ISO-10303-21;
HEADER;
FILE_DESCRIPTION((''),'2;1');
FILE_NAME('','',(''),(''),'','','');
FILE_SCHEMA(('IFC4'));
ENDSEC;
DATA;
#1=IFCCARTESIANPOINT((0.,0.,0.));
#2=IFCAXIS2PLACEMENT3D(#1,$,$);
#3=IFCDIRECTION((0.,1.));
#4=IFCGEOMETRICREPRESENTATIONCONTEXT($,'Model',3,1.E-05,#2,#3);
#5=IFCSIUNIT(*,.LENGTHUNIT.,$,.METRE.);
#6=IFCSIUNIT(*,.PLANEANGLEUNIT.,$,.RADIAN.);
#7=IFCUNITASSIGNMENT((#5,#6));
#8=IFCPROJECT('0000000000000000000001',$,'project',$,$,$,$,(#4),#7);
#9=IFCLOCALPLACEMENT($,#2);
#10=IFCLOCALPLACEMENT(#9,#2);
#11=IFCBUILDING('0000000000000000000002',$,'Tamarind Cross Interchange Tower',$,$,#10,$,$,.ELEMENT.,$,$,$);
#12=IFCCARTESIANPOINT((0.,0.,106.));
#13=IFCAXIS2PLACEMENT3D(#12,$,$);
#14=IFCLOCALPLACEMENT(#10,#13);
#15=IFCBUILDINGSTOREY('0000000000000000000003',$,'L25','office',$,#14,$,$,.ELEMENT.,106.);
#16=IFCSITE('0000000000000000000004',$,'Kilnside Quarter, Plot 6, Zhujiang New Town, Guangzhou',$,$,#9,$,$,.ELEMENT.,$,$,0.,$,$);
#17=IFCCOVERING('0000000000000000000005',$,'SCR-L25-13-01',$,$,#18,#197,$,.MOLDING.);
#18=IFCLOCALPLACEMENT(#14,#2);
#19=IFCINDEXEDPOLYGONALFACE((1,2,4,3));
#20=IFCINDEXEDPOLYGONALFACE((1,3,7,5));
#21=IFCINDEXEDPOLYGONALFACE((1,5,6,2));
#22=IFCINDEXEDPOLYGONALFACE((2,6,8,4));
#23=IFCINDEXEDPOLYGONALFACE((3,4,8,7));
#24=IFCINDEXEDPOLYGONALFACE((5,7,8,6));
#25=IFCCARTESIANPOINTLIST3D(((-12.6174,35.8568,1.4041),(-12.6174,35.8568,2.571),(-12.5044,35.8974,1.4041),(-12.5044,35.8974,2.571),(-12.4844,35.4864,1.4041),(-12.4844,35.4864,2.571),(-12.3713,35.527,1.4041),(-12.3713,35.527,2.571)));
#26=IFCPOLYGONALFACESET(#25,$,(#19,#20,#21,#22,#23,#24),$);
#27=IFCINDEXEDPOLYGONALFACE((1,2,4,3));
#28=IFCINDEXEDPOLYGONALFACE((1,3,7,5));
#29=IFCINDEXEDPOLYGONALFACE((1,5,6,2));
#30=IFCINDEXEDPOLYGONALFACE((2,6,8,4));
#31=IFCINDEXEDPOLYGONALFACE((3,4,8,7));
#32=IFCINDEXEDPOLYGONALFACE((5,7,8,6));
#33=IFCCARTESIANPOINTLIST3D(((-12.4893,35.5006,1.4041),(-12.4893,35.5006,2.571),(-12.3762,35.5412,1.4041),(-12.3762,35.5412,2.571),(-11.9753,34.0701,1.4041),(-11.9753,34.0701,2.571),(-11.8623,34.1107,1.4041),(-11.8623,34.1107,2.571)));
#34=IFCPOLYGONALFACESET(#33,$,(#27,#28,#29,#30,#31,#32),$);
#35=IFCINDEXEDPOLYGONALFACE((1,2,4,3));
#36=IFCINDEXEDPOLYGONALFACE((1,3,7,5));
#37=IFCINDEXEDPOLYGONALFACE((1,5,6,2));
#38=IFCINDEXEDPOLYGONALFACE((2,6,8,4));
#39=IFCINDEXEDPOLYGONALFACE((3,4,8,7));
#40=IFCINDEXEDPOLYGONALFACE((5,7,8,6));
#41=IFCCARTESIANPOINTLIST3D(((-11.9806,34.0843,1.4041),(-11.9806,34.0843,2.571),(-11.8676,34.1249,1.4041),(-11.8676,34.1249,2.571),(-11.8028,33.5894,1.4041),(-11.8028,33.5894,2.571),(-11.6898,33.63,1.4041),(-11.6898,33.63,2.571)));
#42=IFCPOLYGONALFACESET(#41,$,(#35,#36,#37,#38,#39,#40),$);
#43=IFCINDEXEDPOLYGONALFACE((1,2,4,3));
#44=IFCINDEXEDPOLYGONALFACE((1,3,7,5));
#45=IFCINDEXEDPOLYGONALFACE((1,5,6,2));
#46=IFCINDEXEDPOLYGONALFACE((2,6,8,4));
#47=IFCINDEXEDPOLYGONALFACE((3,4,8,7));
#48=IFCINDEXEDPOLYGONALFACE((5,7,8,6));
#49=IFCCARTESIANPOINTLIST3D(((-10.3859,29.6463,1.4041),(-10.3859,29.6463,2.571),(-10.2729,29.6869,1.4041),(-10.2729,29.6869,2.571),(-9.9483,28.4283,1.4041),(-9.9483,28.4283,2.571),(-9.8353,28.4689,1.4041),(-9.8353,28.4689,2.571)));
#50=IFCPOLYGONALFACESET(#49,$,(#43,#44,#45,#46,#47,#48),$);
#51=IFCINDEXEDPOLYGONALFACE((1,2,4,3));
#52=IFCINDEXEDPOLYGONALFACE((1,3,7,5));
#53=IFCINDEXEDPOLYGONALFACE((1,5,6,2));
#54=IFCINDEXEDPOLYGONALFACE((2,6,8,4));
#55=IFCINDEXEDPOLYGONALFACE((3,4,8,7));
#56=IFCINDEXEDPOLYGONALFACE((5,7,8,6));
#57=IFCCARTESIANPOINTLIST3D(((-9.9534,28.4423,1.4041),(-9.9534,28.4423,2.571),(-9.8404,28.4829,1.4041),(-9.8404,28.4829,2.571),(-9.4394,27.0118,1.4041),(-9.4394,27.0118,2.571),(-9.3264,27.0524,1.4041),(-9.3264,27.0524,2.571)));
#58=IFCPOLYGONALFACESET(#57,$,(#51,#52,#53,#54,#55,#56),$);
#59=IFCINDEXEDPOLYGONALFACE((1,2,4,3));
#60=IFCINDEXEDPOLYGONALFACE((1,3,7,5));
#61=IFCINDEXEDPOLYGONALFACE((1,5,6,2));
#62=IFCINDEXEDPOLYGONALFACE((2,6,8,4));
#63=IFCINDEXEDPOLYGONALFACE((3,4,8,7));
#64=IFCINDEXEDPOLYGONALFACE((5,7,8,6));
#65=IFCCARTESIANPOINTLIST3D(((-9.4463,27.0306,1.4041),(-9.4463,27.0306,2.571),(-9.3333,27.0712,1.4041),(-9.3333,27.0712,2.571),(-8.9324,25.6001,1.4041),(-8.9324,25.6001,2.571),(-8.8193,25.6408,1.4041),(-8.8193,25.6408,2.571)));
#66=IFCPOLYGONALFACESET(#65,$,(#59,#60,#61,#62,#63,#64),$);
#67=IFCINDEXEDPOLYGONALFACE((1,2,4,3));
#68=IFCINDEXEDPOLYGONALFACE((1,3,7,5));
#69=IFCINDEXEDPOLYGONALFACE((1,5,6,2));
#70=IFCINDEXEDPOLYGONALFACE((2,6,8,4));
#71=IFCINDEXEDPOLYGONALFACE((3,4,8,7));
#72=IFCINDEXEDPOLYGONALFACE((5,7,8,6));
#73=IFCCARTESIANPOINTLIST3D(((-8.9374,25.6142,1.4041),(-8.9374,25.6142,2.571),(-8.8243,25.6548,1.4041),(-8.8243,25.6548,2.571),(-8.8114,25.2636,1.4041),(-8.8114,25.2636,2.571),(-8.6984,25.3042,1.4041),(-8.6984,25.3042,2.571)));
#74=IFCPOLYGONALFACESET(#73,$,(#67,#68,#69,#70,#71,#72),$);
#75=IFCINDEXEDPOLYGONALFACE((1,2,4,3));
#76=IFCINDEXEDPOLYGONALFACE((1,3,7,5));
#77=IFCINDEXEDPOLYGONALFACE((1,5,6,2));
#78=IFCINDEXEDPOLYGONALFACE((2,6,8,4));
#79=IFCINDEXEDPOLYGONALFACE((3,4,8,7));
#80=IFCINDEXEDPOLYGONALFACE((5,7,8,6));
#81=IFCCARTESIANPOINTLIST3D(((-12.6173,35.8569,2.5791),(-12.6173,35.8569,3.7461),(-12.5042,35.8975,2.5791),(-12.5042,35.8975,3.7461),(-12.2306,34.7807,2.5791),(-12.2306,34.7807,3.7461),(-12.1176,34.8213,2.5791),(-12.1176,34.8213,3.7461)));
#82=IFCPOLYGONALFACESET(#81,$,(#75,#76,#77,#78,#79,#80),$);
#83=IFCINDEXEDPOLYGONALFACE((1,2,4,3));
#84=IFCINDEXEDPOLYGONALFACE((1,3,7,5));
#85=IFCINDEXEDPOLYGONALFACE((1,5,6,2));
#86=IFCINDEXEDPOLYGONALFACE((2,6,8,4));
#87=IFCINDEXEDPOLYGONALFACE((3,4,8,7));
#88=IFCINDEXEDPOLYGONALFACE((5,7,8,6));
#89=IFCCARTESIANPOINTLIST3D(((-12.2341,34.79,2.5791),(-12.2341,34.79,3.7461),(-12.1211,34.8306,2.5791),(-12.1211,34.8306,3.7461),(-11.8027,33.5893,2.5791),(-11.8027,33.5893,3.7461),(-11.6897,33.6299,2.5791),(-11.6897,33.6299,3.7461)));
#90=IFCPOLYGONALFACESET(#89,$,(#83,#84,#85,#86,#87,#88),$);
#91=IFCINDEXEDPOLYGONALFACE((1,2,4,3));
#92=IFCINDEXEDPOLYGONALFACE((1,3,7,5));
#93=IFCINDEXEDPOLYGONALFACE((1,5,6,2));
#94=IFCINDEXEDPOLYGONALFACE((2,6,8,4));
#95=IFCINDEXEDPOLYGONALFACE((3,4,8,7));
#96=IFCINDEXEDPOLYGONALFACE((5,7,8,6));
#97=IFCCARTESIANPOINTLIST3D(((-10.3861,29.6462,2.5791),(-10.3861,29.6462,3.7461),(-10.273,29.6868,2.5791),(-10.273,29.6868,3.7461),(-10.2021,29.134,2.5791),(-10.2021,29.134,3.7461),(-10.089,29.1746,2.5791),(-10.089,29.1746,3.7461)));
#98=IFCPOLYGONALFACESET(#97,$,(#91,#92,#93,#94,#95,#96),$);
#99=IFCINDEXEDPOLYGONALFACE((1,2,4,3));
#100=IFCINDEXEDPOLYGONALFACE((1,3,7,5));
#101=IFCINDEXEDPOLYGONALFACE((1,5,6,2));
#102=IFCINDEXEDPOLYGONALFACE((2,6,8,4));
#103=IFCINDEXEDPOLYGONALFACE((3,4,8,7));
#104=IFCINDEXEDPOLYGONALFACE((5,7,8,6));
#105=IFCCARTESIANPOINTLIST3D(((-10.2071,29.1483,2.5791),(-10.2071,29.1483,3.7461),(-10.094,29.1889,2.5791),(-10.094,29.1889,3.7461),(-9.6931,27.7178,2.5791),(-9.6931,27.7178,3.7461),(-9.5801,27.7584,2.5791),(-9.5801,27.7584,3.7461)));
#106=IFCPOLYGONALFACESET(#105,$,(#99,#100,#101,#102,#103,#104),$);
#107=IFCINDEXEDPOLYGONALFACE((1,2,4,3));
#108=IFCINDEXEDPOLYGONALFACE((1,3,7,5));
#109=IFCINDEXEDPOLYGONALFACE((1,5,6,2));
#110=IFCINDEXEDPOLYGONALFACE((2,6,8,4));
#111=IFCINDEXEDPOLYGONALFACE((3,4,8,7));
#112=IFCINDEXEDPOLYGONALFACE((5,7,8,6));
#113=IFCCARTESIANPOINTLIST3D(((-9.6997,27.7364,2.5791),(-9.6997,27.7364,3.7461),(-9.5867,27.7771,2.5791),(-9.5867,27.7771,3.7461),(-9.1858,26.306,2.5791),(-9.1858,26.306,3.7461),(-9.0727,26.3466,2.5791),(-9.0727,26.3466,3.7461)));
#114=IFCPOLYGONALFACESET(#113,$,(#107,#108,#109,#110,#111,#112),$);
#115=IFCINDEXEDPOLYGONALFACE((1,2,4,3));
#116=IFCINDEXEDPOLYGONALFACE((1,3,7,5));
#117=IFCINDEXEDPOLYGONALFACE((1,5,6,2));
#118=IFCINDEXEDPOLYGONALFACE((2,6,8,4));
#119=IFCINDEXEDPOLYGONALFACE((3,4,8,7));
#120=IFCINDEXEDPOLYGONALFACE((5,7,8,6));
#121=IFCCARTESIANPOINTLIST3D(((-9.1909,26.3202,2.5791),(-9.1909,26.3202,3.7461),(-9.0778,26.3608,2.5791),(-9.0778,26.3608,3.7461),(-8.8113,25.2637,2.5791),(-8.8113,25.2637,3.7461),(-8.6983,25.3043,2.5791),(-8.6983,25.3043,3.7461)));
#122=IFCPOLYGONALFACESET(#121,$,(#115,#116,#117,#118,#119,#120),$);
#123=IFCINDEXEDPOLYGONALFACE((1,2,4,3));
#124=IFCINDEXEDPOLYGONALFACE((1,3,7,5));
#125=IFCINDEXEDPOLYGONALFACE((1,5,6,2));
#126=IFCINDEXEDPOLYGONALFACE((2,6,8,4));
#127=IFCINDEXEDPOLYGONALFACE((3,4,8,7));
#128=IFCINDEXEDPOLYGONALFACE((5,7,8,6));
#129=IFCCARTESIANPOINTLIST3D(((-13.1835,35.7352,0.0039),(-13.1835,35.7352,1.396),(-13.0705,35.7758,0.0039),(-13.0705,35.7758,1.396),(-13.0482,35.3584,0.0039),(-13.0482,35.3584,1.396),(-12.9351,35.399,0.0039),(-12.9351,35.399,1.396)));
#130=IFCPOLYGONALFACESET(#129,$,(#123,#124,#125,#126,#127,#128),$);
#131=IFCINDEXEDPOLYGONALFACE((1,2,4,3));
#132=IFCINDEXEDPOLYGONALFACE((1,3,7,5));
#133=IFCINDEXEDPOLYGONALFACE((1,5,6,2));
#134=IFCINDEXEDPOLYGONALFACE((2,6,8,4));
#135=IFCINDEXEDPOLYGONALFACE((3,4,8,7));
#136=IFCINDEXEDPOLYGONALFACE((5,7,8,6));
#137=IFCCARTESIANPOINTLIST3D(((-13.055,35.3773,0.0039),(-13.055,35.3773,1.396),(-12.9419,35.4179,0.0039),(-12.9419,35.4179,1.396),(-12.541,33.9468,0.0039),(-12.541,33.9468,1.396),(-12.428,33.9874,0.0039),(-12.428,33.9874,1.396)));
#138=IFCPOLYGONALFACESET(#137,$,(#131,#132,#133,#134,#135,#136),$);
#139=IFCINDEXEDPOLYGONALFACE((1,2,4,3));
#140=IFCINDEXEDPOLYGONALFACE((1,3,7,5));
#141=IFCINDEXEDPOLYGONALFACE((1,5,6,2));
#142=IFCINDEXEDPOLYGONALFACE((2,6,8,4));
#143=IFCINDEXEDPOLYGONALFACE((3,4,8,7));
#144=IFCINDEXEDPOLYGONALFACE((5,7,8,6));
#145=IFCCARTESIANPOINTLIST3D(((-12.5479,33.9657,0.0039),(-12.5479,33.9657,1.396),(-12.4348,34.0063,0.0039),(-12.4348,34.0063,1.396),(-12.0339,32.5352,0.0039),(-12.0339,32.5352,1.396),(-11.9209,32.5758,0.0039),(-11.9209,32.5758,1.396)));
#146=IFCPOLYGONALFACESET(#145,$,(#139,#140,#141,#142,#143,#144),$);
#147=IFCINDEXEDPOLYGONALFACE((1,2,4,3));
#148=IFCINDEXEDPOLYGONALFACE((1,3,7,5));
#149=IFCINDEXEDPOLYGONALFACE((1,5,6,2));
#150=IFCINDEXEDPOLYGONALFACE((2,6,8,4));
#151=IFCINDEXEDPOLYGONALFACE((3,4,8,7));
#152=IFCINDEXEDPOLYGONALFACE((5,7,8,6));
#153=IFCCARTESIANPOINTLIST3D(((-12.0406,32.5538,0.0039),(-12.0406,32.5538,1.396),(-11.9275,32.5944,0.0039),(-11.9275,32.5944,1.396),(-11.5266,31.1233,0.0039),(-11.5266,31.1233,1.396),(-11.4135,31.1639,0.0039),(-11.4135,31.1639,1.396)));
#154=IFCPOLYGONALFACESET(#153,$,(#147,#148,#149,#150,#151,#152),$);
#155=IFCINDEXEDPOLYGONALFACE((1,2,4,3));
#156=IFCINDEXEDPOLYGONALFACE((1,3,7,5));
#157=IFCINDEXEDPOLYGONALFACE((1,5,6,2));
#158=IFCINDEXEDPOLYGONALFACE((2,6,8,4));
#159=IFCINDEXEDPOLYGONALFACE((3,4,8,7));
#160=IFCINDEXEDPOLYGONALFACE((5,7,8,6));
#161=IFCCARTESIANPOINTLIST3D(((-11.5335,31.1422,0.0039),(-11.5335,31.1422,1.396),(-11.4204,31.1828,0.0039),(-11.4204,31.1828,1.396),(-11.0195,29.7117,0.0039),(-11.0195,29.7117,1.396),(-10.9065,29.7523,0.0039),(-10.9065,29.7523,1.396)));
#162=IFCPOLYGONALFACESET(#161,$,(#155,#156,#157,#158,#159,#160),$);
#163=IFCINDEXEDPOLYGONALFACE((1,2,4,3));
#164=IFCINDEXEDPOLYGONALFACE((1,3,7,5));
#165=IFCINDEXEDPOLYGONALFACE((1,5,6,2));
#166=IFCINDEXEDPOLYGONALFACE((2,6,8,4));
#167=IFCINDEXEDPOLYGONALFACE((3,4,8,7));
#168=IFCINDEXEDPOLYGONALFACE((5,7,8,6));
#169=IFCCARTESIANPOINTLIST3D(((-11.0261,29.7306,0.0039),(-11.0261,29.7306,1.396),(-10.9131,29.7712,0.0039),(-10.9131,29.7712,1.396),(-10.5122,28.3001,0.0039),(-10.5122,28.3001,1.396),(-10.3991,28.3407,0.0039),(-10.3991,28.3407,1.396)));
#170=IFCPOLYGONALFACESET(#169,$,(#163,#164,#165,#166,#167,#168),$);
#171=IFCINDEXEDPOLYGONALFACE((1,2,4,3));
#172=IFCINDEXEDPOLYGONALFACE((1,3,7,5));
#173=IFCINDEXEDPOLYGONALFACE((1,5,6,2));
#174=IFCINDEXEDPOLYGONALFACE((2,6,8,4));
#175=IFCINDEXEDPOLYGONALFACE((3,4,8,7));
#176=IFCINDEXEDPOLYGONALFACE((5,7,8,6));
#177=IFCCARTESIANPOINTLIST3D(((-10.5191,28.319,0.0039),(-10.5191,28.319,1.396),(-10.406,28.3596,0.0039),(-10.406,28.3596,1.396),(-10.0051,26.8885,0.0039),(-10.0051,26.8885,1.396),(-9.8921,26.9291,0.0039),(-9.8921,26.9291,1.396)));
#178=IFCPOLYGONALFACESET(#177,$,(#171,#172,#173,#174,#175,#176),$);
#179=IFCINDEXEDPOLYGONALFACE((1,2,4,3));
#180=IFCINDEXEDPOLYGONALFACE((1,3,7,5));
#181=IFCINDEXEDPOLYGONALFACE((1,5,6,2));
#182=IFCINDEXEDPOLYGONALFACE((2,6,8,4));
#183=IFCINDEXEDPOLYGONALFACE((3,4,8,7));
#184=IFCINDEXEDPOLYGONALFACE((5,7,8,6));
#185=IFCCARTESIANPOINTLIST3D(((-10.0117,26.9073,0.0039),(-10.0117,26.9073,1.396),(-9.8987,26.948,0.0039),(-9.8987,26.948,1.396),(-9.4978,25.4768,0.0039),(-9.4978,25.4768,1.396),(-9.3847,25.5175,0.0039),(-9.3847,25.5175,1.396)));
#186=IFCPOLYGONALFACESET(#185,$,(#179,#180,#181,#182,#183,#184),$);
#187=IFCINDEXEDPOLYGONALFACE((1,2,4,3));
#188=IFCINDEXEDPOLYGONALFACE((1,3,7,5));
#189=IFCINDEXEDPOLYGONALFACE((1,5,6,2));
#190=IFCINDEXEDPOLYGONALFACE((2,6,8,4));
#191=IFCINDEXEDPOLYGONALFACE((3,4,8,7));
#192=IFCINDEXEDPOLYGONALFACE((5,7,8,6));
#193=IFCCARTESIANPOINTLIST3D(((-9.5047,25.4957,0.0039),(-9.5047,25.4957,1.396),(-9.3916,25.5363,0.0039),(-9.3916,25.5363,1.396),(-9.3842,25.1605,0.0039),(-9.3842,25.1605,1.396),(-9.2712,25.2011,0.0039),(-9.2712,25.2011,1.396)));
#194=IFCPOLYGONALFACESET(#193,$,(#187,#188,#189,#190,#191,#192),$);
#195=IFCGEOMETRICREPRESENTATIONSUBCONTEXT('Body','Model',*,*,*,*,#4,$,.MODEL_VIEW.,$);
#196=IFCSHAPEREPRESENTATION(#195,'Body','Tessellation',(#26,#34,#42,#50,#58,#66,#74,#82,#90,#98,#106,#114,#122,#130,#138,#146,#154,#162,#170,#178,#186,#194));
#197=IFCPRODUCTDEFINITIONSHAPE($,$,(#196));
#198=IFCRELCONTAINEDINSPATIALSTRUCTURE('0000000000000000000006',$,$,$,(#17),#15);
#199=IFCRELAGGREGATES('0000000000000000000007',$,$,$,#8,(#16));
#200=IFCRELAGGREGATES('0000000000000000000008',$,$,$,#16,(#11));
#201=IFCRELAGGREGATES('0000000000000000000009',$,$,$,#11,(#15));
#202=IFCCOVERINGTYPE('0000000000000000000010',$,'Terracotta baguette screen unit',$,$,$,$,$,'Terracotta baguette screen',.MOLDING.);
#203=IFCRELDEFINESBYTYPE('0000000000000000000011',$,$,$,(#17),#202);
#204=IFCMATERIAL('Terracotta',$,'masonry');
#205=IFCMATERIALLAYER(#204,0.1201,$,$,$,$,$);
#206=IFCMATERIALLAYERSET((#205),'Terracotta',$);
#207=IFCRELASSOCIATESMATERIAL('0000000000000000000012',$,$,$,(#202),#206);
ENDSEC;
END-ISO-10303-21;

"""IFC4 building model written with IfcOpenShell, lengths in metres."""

from ifc_helpers import new_model, si_unit, direction, frame, origin, origin_2d, place, context, subcontext, project, spatial, rectangle, extrude, material, layer, layer_set, type_object, element, save


model = new_model("IFC4")

# Units and contexts
model_context = context("Model", 3, precision=1e-05, world=origin(), true_north=direction((0.0, 1.0)))
body_context = subcontext(model_context, "Body", "Model", "MODEL_VIEW")
ifc_project = project(units=[si_unit("LENGTHUNIT", "METRE"), si_unit("PLANEANGLEUNIT", "RADIAN")], contexts=[model_context])

# Site, building, storey
site_placement = place(None, origin())
site = spatial("IfcSite", under=ifc_project, at=site_placement, Name="Kilnside Quarter, Plot 6, Zhujiang New Town, Guangzhou", CompositionType="ELEMENT", RefElevation=0.0)
building_placement = place(site_placement, origin())
building = spatial("IfcBuilding", under=site, at=building_placement, Name="Tamarind Cross Interchange Tower", CompositionType="ELEMENT")
storey_placement = place(building_placement, frame((0.0, 0.0, 106.0)))
storey = spatial("IfcBuildingStorey", under=building, at=storey_placement, Name="L25", Description="office", CompositionType="ELEMENT", Elevation=106.0)

# Covering
ifc_material_1 = material(Name="Terracotta", Category="masonry")
ifc_layer_1 = layer(ifc_material_1, 0.1201)
ifc_layer_set_1 = layer_set([ifc_layer_1], Name="Terracotta")
covering_type = type_object("IfcCoveringType", Name="Terracotta baguette screen unit", ElementType="Terracotta baguette screen", PredefinedType="MOLDING", material=ifc_layer_set_1)
covering_1_placement = place(storey_placement, origin())
element("IfcCovering", 1, at=covering_1_placement, inside=storey, type_object=covering_type, Name="SCR-L25-13-01", PredefinedType="MOLDING", context=body_context, shape_type="SweptSolid", body=[
    extrude(rectangle(XDim=0.3936, YDim=0.1201, at=origin_2d()), frame((-12.4944, 35.6919, 1.4041), z_axis=(0.0, 0.0, 1.0), x_axis=(0.338129, -0.9411, 0.0)), (0.0, 0.0, 1.0), 1.167),
    extrude(rectangle(XDim=1.52, YDim=0.1201, at=origin_2d()), frame((-12.1758, 34.8057, 1.4041), z_axis=(0.0, 0.0, 1.0), x_axis=(0.338129, -0.9411, 0.0)), (0.0, 0.0, 1.0), 1.167),
    extrude(rectangle(XDim=0.5259, YDim=0.1201, at=origin_2d()), frame((-11.8352, 33.8572, 1.4041), z_axis=(0.0, 0.0, 1.0), x_axis=(0.338129, -0.9411, 0.0)), (0.0, 0.0, 1.0), 1.167),
    extrude(rectangle(XDim=1.2942, YDim=0.1201, at=origin_2d()), frame((-10.1106, 29.0576, 1.4041), z_axis=(0.0, 0.0, 1.0), x_axis=(0.338129, -0.9411, 0.0)), (0.0, 0.0, 1.0), 1.167),
    extrude(rectangle(XDim=1.52, YDim=0.1201, at=origin_2d()), frame((-9.6399, 27.7473, 1.4041), z_axis=(0.0, 0.0, 1.0), x_axis=(0.338129, -0.9411, 0.0)), (0.0, 0.0, 1.0), 1.167),
    extrude(rectangle(XDim=1.52, YDim=0.1201, at=origin_2d()), frame((-9.1328, 26.3357, 1.4041), z_axis=(0.0, 0.0, 1.0), x_axis=(0.338129, -0.9411, 0.0)), (0.0, 0.0, 1.0), 1.167),
    extrude(rectangle(XDim=0.3726, YDim=0.1201, at=origin_2d()), frame((-8.8179, 25.4592, 1.4041), z_axis=(0.0, 0.0, 1.0), x_axis=(0.338129, -0.9411, 0.0)), (0.0, 0.0, 1.0), 1.167),
    extrude(rectangle(XDim=1.1436, YDim=0.1201, at=origin_2d()), frame((-12.3674, 35.3391, 2.5791), z_axis=(0.0, 0.0, 1.0), x_axis=(0.338129, -0.9411, 0.0)), (0.0, 0.0, 1.0), 1.167),
    extrude(rectangle(XDim=1.2759, YDim=0.1201, at=origin_2d()), frame((-11.9619, 34.21, 2.5791), z_axis=(0.0, 0.0, 1.0), x_axis=(0.338129, -0.9411, 0.0)), (0.0, 0.0, 1.0), 1.167),
    extrude(rectangle(XDim=0.5442, YDim=0.1201, at=origin_2d()), frame((-10.2375, 29.4104, 2.5791), z_axis=(0.0, 0.0, 1.0), x_axis=(0.338129, -0.9411, 0.0)), (0.0, 0.0, 1.0), 1.167),
    extrude(rectangle(XDim=1.52, YDim=0.1201, at=origin_2d()), frame((-9.8936, 28.4534, 2.5791), z_axis=(0.0, 0.0, 1.0), x_axis=(0.338129, -0.9411, 0.0)), (0.0, 0.0, 1.0), 1.167),
    extrude(rectangle(XDim=1.52, YDim=0.1201, at=origin_2d()), frame((-9.3862, 27.0415, 2.5791), z_axis=(0.0, 0.0, 1.0), x_axis=(0.338129, -0.9411, 0.0)), (0.0, 0.0, 1.0), 1.167),
    extrude(rectangle(XDim=1.1226, YDim=0.1201, at=origin_2d()), frame((-8.9446, 25.8123, 2.5791), z_axis=(0.0, 0.0, 1.0), x_axis=(0.338129, -0.9411, 0.0)), (0.0, 0.0, 1.0), 1.167),
    extrude(rectangle(XDim=0.4004, YDim=0.1201, at=origin_2d()), frame((-13.0593, 35.5671, 0.0039), z_axis=(0.0, 0.0, 1.0), x_axis=(0.338129, -0.9411, 0.0)), (0.0, 0.0, 1.0), 1.3921),
    extrude(rectangle(XDim=1.52, YDim=0.1201, at=origin_2d()), frame((-12.7415, 34.6824, 0.0039), z_axis=(0.0, 0.0, 1.0), x_axis=(0.338129, -0.9411, 0.0)), (0.0, 0.0, 1.0), 1.3921),
    extrude(rectangle(XDim=1.52, YDim=0.1201, at=origin_2d()), frame((-12.2344, 33.2708, 0.0039), z_axis=(0.0, 0.0, 1.0), x_axis=(0.338129, -0.9411, 0.0)), (0.0, 0.0, 1.0), 1.3921),
    extrude(rectangle(XDim=1.52, YDim=0.1201, at=origin_2d()), frame((-11.7271, 31.8589, 0.0039), z_axis=(0.0, 0.0, 1.0), x_axis=(0.338129, -0.9411, 0.0)), (0.0, 0.0, 1.0), 1.3921),
    extrude(rectangle(XDim=1.52, YDim=0.1201, at=origin_2d()), frame((-11.22, 30.4473, 0.0039), z_axis=(0.0, 0.0, 1.0), x_axis=(0.338129, -0.9411, 0.0)), (0.0, 0.0, 1.0), 1.3921),
    extrude(rectangle(XDim=1.52, YDim=0.1201, at=origin_2d()), frame((-10.7126, 29.0356, 0.0039), z_axis=(0.0, 0.0, 1.0), x_axis=(0.338129, -0.9411, 0.0)), (0.0, 0.0, 1.0), 1.3921),
    extrude(rectangle(XDim=1.52, YDim=0.1201, at=origin_2d()), frame((-10.2056, 27.624, 0.0039), z_axis=(0.0, 0.0, 1.0), x_axis=(0.338129, -0.9411, 0.0)), (0.0, 0.0, 1.0), 1.3921),
    extrude(rectangle(XDim=1.52, YDim=0.1201, at=origin_2d()), frame((-9.6982, 26.2124, 0.0039), z_axis=(0.0, 0.0, 1.0), x_axis=(0.338129, -0.9411, 0.0)), (0.0, 0.0, 1.0), 1.3921),
    extrude(rectangle(XDim=0.3562, YDim=0.1201, at=origin_2d()), frame((-9.3879, 25.3484, 0.0039), z_axis=(0.0, 0.0, 1.0), x_axis=(0.338129, -0.9411, 0.0)), (0.0, 0.0, 1.0), 1.3921),
])

save(model, "model.ifc")
